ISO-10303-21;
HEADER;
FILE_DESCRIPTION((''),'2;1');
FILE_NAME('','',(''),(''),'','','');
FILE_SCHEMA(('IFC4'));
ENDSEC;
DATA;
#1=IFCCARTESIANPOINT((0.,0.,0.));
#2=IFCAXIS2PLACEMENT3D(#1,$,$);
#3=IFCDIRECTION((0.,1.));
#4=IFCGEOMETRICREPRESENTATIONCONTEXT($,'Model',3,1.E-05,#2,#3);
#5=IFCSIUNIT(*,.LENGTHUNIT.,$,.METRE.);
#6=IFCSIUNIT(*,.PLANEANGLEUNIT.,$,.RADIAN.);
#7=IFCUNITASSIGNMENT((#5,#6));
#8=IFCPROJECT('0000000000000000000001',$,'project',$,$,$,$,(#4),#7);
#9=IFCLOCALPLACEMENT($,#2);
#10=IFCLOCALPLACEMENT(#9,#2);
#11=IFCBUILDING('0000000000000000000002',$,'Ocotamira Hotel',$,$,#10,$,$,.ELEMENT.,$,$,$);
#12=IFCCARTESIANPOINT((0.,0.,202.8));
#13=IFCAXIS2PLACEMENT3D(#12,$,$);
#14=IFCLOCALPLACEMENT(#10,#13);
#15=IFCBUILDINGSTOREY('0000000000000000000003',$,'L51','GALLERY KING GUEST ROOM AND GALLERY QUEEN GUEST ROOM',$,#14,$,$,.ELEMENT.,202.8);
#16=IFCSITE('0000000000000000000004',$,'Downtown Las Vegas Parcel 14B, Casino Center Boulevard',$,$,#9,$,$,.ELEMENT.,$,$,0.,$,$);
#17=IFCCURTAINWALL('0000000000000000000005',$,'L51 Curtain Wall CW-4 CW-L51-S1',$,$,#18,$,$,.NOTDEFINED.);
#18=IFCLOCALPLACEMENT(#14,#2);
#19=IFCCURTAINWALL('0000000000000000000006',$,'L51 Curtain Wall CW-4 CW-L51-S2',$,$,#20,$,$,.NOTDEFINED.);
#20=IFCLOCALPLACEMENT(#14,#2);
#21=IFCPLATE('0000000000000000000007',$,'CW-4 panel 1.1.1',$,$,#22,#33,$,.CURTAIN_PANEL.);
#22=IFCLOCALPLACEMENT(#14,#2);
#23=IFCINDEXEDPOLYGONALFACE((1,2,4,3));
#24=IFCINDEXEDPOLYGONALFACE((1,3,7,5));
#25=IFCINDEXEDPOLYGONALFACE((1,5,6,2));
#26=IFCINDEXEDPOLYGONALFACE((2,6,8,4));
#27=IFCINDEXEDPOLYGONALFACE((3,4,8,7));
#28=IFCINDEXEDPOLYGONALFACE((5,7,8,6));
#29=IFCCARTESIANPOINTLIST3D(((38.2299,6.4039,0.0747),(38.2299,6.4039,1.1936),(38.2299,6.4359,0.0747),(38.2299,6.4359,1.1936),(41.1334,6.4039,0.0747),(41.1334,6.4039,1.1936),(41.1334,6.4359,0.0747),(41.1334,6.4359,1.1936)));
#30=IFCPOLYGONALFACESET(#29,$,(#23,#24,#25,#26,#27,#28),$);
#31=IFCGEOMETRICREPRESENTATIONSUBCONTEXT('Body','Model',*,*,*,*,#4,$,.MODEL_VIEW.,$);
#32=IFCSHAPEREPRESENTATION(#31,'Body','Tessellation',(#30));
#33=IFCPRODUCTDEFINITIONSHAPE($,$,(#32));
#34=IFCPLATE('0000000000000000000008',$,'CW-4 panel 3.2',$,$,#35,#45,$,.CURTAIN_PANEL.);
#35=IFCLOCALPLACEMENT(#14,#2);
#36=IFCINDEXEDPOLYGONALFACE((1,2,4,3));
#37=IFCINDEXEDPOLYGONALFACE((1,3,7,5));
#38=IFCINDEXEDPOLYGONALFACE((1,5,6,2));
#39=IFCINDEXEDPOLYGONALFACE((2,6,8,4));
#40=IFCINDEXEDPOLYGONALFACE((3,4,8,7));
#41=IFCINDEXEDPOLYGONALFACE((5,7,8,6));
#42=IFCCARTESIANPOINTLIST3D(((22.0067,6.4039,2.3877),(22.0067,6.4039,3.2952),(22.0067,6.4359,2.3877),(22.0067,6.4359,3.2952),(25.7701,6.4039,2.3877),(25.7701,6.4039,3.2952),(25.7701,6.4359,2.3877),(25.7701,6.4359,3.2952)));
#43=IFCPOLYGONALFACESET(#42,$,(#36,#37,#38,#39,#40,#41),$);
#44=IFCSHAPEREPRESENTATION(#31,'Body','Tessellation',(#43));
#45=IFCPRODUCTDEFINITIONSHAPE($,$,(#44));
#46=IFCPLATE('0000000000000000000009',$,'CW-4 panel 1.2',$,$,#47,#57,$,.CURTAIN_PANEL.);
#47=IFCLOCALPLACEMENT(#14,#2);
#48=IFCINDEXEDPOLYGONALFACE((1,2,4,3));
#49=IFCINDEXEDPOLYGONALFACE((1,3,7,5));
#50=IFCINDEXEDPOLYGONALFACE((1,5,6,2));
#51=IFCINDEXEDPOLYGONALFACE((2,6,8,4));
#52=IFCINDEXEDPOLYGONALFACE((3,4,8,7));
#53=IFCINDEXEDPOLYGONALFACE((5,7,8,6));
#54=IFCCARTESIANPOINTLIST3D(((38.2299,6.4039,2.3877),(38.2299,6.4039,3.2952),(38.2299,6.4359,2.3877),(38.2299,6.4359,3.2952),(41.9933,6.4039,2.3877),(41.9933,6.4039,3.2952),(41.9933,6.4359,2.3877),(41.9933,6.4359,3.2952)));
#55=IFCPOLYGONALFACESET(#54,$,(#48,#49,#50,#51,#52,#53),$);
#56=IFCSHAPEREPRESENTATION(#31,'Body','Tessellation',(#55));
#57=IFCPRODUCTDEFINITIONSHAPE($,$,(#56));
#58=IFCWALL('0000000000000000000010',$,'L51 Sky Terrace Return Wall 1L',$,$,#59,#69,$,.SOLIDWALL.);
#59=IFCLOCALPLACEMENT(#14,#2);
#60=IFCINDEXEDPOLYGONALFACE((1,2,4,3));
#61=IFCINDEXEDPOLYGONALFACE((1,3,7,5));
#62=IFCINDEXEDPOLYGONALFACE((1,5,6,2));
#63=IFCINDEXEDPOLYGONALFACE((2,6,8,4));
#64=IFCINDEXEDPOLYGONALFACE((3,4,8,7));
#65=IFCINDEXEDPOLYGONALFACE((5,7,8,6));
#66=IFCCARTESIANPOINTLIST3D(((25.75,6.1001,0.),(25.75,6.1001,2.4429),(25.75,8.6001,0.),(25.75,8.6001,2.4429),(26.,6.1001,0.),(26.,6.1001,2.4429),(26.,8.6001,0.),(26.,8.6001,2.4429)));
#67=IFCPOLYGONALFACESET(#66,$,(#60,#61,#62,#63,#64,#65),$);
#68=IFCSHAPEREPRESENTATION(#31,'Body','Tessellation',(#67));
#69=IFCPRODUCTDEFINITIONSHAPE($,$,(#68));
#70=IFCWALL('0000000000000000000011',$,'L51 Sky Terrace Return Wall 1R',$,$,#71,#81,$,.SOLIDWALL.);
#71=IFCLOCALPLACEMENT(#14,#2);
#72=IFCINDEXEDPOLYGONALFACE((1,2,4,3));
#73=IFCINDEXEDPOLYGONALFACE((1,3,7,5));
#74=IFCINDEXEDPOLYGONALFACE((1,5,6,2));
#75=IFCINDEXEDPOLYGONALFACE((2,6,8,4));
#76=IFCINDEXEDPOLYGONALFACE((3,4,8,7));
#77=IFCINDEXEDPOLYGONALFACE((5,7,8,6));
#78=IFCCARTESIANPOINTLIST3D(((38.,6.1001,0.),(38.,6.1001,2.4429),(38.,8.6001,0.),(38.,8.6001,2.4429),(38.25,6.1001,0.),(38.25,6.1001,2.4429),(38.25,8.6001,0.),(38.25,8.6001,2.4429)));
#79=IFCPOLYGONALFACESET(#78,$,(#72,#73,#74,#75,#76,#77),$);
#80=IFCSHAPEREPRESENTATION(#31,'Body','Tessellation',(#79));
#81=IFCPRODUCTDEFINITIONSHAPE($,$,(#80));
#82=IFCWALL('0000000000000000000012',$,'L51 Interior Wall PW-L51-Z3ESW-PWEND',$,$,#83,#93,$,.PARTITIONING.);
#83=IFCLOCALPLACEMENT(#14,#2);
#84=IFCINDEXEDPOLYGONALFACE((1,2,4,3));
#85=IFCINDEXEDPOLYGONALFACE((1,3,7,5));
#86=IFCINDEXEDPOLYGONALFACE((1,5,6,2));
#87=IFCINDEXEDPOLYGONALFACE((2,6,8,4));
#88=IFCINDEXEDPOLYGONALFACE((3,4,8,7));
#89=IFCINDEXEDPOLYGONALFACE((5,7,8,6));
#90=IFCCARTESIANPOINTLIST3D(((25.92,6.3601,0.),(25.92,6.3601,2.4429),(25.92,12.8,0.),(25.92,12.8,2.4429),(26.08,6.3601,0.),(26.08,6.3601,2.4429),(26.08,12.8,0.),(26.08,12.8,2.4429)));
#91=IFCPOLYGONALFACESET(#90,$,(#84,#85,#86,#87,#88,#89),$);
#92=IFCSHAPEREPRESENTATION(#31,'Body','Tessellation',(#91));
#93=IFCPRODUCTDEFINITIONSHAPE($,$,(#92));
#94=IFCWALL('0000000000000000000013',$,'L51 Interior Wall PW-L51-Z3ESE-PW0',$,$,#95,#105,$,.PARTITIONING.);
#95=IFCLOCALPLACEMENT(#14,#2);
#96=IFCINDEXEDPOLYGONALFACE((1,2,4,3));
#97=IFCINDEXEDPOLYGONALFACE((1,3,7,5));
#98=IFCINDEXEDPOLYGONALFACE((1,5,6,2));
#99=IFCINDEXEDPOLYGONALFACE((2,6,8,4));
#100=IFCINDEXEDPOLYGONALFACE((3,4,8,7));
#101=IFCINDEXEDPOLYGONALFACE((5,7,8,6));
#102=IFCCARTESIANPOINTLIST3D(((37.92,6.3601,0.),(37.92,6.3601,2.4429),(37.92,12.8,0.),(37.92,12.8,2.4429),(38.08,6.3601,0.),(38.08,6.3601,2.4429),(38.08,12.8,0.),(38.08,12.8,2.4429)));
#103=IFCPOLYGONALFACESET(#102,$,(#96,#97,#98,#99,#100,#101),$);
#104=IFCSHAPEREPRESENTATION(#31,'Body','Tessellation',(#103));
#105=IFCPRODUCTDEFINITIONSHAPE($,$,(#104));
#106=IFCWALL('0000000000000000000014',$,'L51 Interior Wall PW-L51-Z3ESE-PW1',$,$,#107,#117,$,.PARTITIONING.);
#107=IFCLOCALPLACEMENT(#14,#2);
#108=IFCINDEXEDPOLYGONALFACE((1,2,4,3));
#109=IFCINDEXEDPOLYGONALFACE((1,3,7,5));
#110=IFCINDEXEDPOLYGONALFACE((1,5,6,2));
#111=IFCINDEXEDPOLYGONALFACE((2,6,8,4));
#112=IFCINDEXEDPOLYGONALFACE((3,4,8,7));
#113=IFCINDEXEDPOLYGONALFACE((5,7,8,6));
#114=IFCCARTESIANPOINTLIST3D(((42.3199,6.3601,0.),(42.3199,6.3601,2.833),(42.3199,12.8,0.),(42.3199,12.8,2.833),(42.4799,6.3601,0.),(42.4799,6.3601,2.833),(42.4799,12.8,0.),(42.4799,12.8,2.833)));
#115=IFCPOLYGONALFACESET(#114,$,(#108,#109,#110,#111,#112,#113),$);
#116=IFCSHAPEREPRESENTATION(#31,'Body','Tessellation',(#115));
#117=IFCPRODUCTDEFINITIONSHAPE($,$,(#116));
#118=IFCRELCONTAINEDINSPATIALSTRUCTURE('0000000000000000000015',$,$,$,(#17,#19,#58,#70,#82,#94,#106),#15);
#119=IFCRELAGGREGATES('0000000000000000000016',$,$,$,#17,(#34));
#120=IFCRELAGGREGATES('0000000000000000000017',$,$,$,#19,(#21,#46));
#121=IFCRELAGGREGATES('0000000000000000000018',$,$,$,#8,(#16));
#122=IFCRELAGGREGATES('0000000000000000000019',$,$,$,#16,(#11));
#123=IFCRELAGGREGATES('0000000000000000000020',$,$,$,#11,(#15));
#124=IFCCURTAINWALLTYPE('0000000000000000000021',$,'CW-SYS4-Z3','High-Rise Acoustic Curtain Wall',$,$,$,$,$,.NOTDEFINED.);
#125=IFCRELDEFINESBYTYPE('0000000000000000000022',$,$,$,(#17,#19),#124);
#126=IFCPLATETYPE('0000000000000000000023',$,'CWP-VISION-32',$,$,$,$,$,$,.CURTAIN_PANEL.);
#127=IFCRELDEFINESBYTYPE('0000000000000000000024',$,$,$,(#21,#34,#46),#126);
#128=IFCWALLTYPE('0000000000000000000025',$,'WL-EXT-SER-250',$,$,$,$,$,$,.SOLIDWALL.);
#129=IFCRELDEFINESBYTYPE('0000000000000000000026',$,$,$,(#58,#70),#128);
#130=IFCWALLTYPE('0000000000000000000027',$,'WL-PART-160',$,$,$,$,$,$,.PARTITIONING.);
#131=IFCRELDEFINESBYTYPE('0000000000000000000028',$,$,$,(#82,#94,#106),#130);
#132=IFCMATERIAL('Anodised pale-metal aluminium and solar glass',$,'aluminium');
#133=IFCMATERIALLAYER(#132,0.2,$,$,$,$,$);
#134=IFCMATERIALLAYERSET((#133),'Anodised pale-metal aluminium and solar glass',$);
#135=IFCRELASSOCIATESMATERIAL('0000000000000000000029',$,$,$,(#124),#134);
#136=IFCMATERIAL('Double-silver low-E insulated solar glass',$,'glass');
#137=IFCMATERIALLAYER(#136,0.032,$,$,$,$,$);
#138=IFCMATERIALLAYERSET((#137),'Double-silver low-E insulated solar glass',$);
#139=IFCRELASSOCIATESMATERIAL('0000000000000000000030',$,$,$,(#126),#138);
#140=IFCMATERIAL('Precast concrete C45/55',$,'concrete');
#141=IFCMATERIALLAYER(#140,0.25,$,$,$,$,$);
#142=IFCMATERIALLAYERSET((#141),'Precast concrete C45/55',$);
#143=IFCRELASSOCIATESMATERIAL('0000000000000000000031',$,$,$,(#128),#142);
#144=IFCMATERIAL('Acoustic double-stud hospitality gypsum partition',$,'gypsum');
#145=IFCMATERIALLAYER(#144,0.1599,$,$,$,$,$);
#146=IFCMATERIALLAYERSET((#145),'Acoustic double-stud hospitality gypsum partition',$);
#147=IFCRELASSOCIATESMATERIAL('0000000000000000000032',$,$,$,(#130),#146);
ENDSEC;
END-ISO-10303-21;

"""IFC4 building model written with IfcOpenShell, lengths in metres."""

from ifc_helpers import new_model, si_unit, direction, frame, frame_2d, origin, origin_2d, place, context, subcontext, project, spatial, rectangle, extrude, source, transform, mapped, material, layer, layer_set, type_object, element, aggregate, save


model = new_model("IFC4")

# Units and contexts
model_context = context("Model", 3, precision=1e-05, world=origin(), true_north=direction((0.0, 1.0)))
body_context = subcontext(model_context, "Body", "Model", "MODEL_VIEW")
ifc_project = project(units=[si_unit("LENGTHUNIT", "METRE"), si_unit("PLANEANGLEUNIT", "RADIAN")], contexts=[model_context])

# Site, building, storey
site_placement = place(None, origin())
site = spatial("IfcSite", under=ifc_project, at=site_placement, Name="Downtown Las Vegas Parcel 14B, Casino Center Boulevard", CompositionType="ELEMENT", RefElevation=0.0)
building_placement = place(site_placement, origin())
building = spatial("IfcBuilding", under=site, at=building_placement, Name="Ocotamira Hotel", CompositionType="ELEMENT")
storey_placement = place(building_placement, frame((0.0, 0.0, 202.8)))
storey = spatial("IfcBuildingStorey", under=building, at=storey_placement, Name="L51", Description="GALLERY KING GUEST ROOM AND GALLERY QUEEN GUEST ROOM", CompositionType="ELEMENT", Elevation=202.8)

# Curtain wall
ifc_material_1 = material(Name="Anodised pale-metal aluminium and solar glass", Category="aluminium")
ifc_layer_1 = layer(ifc_material_1, 0.2)
ifc_layer_set_1 = layer_set([ifc_layer_1], Name="Anodised pale-metal aluminium and solar glass")
curtain_wall_type = type_object("IfcCurtainWallType", Name="CW-SYS4-Z3", Description="High-Rise Acoustic Curtain Wall", PredefinedType="NOTDEFINED", material=ifc_layer_set_1)
curtain_wall_1_placement = place(storey_placement, origin())
curtain_wall_1 = element("IfcCurtainWall", 1, at=curtain_wall_1_placement, inside=storey, type_object=curtain_wall_type, Name="L51 Curtain Wall CW-4 CW-L51-S1", PredefinedType="NOTDEFINED")

# Curtain wall
curtain_wall_2_placement = place(storey_placement, origin())
curtain_wall_2 = element("IfcCurtainWall", 2, at=curtain_wall_2_placement, inside=storey, type_object=curtain_wall_type, Name="L51 Curtain Wall CW-4 CW-L51-S2", PredefinedType="NOTDEFINED")

# Plates
ifc_material_2 = material(Name="Double-silver low-E insulated solar glass", Category="glass")
ifc_layer_2 = layer(ifc_material_2, 0.032)
ifc_layer_set_2 = layer_set([ifc_layer_2], Name="Double-silver low-E insulated solar glass")
plate_type_1 = type_object("IfcPlateType", Name="CWP-VISION-32", PredefinedType="CURTAIN_PANEL", material=ifc_layer_set_2)
shared_shape_1 = source(origin(), body_context, "Body", "SweptSolid", [
    extrude(rectangle(XDim=2.9036, YDim=0.032, at=origin_2d()), origin(), (0.0, 0.0, 1.0), 1.1189),
])
plate_1_placement = place(storey_placement, frame((39.6816, 6.4199, 0.0747), z_axis=(0.0, 0.0, 1.0), x_axis=(1.0, 0.0, 0.0)))
plate_1 = element("IfcPlate", 3, at=plate_1_placement, type_object=plate_type_1, Name="CW-4 panel 1.1.1", PredefinedType="CURTAIN_PANEL", context=body_context, shape_type="MappedRepresentation", body=[
    mapped(shared_shape_1, transform((0.0, 0.0, 0.0), scale=1.0)),
])
shared_shape_2 = source(origin(), body_context, "Body", "SweptSolid", [
    extrude(rectangle(XDim=3.7634, YDim=0.032, at=origin_2d()), origin(), (0.0, 0.0, 1.0), 0.9075),
])
plate_2_placement = place(storey_placement, frame((23.8884, 6.4199, 2.3877), z_axis=(0.0, 0.0, 1.0), x_axis=(1.0, 0.0, 0.0)))
plate_2 = element("IfcPlate", 4, at=plate_2_placement, type_object=plate_type_1, Name="CW-4 panel 3.2", PredefinedType="CURTAIN_PANEL", context=body_context, shape_type="MappedRepresentation", body=[
    mapped(shared_shape_2, transform((0.0, 0.0, 0.0), scale=1.0)),
])
aggregate(curtain_wall_1, [plate_2])
plate_3_placement = place(storey_placement, frame((40.1116, 6.4199, 2.3877), z_axis=(0.0, 0.0, 1.0), x_axis=(1.0, 0.0, 0.0)))
plate_3 = element("IfcPlate", 5, at=plate_3_placement, type_object=plate_type_1, Name="CW-4 panel 1.2", PredefinedType="CURTAIN_PANEL", context=body_context, shape_type="MappedRepresentation", body=[
    mapped(shared_shape_2, transform((0.0, 0.0, 0.0), scale=1.0)),
])
aggregate(curtain_wall_2, [plate_1, plate_3])

# Walls
ifc_material_3 = material(Name="Precast concrete C45/55", Category="concrete")
ifc_layer_3 = layer(ifc_material_3, 0.25)
ifc_layer_set_3 = layer_set([ifc_layer_3], Name="Precast concrete C45/55")
wall_type_1 = type_object("IfcWallType", Name="WL-EXT-SER-250", PredefinedType="SOLIDWALL", material=ifc_layer_set_3)
for number, where, z_axis, x_axis, name in (
    (6, (25.875, 6.1001, 0.0), (0.0, 0.0, 1.0), (0.0, 1.0, 0.0), "L51 Sky Terrace Return Wall 1L"),
    (7, (38.125, 6.1001, 0.0), (0.0, 0.0, 1.0), (0.0, 1.0, 0.0), "L51 Sky Terrace Return Wall 1R"),
):
    element("IfcWall", number, at=place(storey_placement, frame(where, z_axis=z_axis, x_axis=x_axis)), inside=storey, type_object=wall_type_1, Name=name, PredefinedType="SOLIDWALL", context=body_context, shape_type="SweptSolid", body=[
        extrude(rectangle(XDim=2.5, YDim=0.25, at=frame_2d((1.25, 0.0))), origin(), (0.0, 0.0, 1.0), 2.4429),
    ])
ifc_material_4 = material(Name="Acoustic double-stud hospitality gypsum partition", Category="gypsum")
ifc_layer_4 = layer(ifc_material_4, 0.1599)
ifc_layer_set_4 = layer_set([ifc_layer_4], Name="Acoustic double-stud hospitality gypsum partition")
wall_type_2 = type_object("IfcWallType", Name="WL-PART-160", PredefinedType="PARTITIONING", material=ifc_layer_set_4)
for number, where, z_axis, x_axis, name in (
    (8, (26.0, 6.3601, 0.0), (0.0, 0.0, 1.0), (0.0, 1.0, 0.0), "L51 Interior Wall PW-L51-Z3ESW-PWEND"),
    (9, (38.0, 6.3601, 0.0), (0.0, 0.0, 1.0), (0.0, 1.0, 0.0), "L51 Interior Wall PW-L51-Z3ESE-PW0"),
):
    element("IfcWall", number, at=place(storey_placement, frame(where, z_axis=z_axis, x_axis=x_axis)), inside=storey, type_object=wall_type_2, Name=name, PredefinedType="PARTITIONING", context=body_context, shape_type="SweptSolid", body=[
        extrude(rectangle(XDim=6.4399, YDim=0.1599, at=frame_2d((3.22, 0.0))), origin(), (0.0, 0.0, 1.0), 2.4429),
    ])
wall_placement = place(storey_placement, frame((42.3999, 6.3601, 0.0), z_axis=(0.0, 0.0, 1.0), x_axis=(0.0, 1.0, 0.0)))
element("IfcWall", 10, at=wall_placement, inside=storey, type_object=wall_type_2, Name="L51 Interior Wall PW-L51-Z3ESE-PW1", PredefinedType="PARTITIONING", context=body_context, shape_type="SweptSolid", body=[
    extrude(rectangle(XDim=6.4399, YDim=0.1599, at=frame_2d((3.22, 0.0))), origin(), (0.0, 0.0, 1.0), 2.833),
])

save(model, "model.ifc")
